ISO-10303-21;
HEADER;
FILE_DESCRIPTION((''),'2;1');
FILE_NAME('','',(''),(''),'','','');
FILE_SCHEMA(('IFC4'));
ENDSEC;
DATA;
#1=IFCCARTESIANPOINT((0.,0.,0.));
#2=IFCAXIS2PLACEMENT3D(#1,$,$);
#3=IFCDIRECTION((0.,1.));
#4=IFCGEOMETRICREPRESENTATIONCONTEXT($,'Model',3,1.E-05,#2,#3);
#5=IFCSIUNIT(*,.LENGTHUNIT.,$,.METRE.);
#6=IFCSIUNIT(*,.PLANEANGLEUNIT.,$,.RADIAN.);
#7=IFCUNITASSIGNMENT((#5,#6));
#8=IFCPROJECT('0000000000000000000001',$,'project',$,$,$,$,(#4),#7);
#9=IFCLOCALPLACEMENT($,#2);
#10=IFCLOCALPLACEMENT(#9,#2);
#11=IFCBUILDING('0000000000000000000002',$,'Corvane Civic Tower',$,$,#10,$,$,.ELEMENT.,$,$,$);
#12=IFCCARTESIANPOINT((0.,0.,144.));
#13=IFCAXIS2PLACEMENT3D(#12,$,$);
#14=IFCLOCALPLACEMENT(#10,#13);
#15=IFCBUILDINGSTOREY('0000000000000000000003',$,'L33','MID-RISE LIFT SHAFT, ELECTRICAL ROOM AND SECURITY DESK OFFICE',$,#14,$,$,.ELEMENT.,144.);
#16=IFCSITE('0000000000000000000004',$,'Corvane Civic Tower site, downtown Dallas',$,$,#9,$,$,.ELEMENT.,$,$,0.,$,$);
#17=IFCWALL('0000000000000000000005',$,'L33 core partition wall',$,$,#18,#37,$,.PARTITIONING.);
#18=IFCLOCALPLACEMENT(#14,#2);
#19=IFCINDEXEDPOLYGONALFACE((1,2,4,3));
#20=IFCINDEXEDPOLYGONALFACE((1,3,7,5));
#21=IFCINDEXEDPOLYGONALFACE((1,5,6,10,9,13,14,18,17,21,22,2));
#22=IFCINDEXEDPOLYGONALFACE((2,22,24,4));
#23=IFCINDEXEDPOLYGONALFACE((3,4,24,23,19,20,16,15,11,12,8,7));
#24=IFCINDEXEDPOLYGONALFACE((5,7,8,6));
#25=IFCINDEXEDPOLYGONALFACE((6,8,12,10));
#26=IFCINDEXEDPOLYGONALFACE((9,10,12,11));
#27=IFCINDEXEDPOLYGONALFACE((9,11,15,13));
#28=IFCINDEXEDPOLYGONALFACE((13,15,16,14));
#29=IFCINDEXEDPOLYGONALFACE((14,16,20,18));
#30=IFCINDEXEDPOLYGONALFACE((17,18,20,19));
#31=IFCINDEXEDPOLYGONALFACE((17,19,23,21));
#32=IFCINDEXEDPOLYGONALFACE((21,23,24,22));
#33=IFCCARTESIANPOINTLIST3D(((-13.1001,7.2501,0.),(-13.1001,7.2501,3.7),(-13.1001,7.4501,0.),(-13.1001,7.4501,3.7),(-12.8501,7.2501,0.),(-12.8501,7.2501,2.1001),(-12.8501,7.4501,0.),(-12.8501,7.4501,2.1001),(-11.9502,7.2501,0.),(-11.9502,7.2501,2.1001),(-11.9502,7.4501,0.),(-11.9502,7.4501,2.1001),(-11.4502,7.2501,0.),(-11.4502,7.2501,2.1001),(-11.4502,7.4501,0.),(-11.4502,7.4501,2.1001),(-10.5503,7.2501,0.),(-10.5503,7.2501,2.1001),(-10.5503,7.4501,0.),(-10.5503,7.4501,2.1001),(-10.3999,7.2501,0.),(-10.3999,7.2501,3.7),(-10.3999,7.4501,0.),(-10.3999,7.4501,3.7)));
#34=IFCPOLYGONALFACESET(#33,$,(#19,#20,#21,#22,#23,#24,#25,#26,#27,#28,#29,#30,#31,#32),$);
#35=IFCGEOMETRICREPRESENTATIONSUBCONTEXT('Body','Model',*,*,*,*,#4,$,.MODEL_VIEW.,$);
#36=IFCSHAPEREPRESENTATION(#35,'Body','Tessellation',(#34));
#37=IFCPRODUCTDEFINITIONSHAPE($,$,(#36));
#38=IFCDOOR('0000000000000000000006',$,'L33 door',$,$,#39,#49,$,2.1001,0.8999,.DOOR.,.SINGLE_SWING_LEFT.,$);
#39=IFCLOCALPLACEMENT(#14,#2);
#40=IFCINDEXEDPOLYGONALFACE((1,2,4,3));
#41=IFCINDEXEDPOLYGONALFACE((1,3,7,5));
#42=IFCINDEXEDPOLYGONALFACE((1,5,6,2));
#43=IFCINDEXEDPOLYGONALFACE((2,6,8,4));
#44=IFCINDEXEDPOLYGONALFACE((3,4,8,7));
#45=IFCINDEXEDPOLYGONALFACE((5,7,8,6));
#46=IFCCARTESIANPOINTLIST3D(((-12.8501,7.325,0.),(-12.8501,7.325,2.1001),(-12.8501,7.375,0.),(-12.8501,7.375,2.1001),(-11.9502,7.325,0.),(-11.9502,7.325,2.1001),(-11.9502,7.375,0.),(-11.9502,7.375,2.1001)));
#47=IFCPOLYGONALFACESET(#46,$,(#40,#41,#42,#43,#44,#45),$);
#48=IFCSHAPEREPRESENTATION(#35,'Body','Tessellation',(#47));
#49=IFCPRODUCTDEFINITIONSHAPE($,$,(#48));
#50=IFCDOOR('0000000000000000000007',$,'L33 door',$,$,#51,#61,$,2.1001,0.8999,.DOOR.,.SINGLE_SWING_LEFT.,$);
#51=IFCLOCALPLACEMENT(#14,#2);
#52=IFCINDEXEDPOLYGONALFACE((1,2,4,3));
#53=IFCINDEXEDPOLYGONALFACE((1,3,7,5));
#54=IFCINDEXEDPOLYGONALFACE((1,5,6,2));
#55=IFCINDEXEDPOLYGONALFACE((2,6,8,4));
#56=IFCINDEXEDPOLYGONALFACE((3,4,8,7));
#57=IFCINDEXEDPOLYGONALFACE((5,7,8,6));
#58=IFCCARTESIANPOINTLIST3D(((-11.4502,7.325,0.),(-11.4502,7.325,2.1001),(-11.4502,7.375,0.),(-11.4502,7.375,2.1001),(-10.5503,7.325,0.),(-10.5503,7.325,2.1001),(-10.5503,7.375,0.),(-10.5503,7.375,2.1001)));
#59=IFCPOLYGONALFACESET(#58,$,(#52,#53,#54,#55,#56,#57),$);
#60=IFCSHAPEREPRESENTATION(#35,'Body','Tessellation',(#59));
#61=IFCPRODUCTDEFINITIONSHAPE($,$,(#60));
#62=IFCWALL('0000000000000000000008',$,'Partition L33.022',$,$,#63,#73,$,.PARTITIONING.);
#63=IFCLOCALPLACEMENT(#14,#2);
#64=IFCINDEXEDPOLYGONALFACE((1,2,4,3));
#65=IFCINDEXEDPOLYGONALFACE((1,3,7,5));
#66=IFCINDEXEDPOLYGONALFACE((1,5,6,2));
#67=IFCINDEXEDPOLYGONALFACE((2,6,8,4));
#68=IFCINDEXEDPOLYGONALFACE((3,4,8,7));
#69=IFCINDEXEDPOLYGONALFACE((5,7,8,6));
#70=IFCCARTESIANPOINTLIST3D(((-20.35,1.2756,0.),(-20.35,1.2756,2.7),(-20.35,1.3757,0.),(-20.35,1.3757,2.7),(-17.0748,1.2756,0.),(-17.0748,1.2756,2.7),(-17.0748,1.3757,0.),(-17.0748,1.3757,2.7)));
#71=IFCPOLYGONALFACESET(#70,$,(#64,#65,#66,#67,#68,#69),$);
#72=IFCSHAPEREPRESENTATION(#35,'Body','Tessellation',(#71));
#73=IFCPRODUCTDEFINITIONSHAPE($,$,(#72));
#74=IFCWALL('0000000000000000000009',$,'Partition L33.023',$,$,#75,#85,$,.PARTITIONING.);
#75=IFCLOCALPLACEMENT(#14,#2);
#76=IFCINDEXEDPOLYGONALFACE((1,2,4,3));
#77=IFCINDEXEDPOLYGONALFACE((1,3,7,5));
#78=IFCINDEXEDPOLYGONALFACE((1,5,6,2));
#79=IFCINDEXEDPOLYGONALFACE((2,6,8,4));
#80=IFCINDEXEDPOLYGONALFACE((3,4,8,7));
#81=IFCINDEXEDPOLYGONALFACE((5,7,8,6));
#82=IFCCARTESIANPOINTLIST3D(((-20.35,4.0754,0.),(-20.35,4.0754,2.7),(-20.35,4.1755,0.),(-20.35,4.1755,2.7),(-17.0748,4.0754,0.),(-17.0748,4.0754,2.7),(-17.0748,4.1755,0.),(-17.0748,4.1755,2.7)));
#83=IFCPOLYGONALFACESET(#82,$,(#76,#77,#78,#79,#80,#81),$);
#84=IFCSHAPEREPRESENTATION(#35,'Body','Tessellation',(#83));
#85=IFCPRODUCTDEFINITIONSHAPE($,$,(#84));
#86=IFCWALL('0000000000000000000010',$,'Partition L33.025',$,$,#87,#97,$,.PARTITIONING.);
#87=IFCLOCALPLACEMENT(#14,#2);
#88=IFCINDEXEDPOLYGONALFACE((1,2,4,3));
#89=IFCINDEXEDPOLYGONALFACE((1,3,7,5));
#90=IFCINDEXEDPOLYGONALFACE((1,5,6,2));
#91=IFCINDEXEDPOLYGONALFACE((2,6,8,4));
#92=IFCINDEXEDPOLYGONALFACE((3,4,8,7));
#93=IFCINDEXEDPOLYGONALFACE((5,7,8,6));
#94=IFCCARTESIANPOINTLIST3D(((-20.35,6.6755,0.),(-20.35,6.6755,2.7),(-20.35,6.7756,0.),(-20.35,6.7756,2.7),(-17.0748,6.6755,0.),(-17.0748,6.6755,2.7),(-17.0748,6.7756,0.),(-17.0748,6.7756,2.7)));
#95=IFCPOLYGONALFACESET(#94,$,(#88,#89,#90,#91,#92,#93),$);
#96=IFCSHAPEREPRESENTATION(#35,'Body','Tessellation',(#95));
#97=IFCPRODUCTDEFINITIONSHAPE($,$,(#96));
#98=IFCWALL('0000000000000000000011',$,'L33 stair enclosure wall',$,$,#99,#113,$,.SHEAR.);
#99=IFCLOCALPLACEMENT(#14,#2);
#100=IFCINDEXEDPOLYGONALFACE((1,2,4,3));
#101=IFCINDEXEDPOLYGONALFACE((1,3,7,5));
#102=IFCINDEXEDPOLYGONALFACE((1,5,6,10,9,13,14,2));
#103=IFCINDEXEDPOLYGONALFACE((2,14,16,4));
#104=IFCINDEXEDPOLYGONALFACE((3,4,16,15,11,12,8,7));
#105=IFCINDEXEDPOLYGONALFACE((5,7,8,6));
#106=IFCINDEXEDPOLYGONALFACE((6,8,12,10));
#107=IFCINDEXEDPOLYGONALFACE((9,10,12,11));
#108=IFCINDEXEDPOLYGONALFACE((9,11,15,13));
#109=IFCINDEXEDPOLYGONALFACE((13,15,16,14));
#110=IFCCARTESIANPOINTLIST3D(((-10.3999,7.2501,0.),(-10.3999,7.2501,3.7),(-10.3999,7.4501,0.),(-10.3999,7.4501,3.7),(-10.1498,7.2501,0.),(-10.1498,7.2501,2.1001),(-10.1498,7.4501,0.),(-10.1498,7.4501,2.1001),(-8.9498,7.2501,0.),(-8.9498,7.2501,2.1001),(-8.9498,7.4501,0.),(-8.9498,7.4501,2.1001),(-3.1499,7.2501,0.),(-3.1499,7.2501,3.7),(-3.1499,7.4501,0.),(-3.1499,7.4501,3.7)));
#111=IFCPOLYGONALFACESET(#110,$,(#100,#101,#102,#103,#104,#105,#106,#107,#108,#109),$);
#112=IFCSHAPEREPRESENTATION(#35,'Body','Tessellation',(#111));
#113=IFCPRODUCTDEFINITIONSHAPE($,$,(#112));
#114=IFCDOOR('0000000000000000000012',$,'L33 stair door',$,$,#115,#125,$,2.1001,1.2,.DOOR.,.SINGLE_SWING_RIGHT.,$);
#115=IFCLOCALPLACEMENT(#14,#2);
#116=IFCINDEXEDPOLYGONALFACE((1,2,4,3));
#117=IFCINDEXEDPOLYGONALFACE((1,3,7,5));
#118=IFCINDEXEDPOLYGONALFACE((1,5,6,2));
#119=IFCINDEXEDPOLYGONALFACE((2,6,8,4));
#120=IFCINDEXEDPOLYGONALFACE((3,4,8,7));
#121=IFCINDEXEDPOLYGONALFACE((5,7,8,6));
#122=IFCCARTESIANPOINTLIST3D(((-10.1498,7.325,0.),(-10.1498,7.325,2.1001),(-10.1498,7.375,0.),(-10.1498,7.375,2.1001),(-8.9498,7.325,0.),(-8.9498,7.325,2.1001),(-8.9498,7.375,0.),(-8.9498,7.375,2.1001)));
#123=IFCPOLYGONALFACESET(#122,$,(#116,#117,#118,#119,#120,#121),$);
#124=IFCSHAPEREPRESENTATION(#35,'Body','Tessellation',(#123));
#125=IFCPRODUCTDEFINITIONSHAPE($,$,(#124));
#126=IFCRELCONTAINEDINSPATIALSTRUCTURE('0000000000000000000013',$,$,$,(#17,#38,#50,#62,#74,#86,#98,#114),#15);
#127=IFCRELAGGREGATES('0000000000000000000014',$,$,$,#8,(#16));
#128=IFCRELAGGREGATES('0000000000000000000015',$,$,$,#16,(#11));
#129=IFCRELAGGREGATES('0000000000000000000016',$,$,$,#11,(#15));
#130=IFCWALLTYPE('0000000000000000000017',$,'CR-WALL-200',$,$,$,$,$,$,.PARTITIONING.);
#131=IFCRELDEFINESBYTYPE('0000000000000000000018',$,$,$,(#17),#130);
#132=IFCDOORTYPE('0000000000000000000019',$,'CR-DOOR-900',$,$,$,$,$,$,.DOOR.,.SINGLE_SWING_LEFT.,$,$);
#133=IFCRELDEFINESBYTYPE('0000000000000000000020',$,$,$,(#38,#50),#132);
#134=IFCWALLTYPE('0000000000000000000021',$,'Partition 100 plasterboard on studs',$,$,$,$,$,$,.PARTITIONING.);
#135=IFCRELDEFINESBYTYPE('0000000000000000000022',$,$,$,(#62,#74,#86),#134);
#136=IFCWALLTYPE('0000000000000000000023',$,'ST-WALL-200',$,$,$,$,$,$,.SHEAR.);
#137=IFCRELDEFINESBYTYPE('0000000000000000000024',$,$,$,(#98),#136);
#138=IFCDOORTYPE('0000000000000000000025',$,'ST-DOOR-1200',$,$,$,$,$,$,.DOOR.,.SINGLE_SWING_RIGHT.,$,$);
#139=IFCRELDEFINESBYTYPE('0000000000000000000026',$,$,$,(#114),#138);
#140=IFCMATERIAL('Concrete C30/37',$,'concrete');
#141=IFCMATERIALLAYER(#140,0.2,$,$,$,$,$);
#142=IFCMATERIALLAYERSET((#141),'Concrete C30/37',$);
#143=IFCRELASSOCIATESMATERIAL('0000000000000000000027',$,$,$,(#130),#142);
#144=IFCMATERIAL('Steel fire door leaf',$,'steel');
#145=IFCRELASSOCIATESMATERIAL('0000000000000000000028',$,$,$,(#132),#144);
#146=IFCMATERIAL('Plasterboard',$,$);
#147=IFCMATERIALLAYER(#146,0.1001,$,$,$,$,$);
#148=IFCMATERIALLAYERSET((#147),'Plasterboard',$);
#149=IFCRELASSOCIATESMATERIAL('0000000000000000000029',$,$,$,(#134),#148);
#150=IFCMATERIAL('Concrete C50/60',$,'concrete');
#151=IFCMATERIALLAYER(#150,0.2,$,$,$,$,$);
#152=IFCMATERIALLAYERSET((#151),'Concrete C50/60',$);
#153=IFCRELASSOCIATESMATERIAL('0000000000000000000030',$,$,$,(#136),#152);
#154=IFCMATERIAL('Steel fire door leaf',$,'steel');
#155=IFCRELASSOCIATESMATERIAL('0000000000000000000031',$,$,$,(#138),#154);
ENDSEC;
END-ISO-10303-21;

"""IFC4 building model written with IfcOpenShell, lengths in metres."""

from ifc_helpers import new_model, si_unit, direction, frame, frame_2d, origin, place, context, subcontext, project, spatial, rectangle, extrude, material, layer, layer_set, type_object, element, fill, save


model = new_model("IFC4")

# Units and contexts
model_context = context("Model", 3, precision=1e-05, world=origin(), true_north=direction((0.0, 1.0)))
body_context = subcontext(model_context, "Body", "Model", "MODEL_VIEW")
ifc_project = project(units=[si_unit("LENGTHUNIT", "METRE"), si_unit("PLANEANGLEUNIT", "RADIAN")], contexts=[model_context])

# Site, building, storey
site_placement = place(None, origin())
site = spatial("IfcSite", under=ifc_project, at=site_placement, Name="Corvane Civic Tower site, downtown Dallas", CompositionType="ELEMENT", RefElevation=0.0)
building_placement = place(site_placement, origin())
building = spatial("IfcBuilding", under=site, at=building_placement, Name="Corvane Civic Tower", CompositionType="ELEMENT")
storey_placement = place(building_placement, frame((0.0, 0.0, 144.0)))
storey = spatial("IfcBuildingStorey", under=building, at=storey_placement, Name="L33", Description="MID-RISE LIFT SHAFT, ELECTRICAL ROOM AND SECURITY DESK OFFICE", CompositionType="ELEMENT", Elevation=144.0)

# Wall, openings, doors
ifc_material_1 = material(Name="Concrete C30/37", Category="concrete")
ifc_layer_1 = layer(ifc_material_1, 0.2)
ifc_layer_set_1 = layer_set([ifc_layer_1], Name="Concrete C30/37")
wall_type_1 = type_object("IfcWallType", Name="CR-WALL-200", PredefinedType="PARTITIONING", material=ifc_layer_set_1)
ifc_material_2 = material(Name="Steel fire door leaf", Category="steel")
door_type_1 = type_object("IfcDoorType", Name="CR-DOOR-900", OperationType="SINGLE_SWING_LEFT", PredefinedType="DOOR", material=ifc_material_2)
wall_1_placement = place(storey_placement, frame((-13.1001, 7.3501, 0.0), z_axis=(0.0, 0.0, 1.0), x_axis=(1.0, 0.0, 0.0)))
wall_1 = element("IfcWall", 1, at=wall_1_placement, inside=storey, type_object=wall_type_1, Name="L33 core partition wall", PredefinedType="PARTITIONING", context=body_context, shape_type="SweptSolid", body=[
    extrude(rectangle(XDim=2.7002, YDim=0.2, at=frame_2d((1.3501, 0.0))), origin(), (0.0, 0.0, 1.0), 3.7),
])
opening_1_placement = place(wall_1_placement, frame((0.25, 0.0, 0.0)))
opening_1 = element("IfcOpeningElement", 2, at=opening_1_placement, cuts=wall_1, PredefinedType="OPENING", context=body_context, shape_type="SweptSolid", body=[
    extrude(rectangle(XDim=0.8999, YDim=2.1001, at=frame_2d((0.45, 1.05))), frame((0.0, 0.1099, 0.0), z_axis=(0.0, -1.0, 0.0), x_axis=(1.0, 0.0, 0.0)), (0.0, 0.0, 1.0), 0.22),
])
opening_2_placement = place(wall_1_placement, frame((1.6499, 0.0, 0.0)))
opening_2 = element("IfcOpeningElement", 3, at=opening_2_placement, cuts=wall_1, PredefinedType="OPENING", context=body_context, shape_type="SweptSolid", body=[
    extrude(rectangle(XDim=0.8999, YDim=2.1001, at=frame_2d((0.45, 1.05))), frame((0.0, 0.1099, 0.0), z_axis=(0.0, -1.0, 0.0), x_axis=(1.0, 0.0, 0.0)), (0.0, 0.0, 1.0), 0.22),
])
door_1_placement = place(opening_1_placement, origin())
door_1 = element("IfcDoor", 4, at=door_1_placement, inside=storey, type_object=door_type_1, Name="L33 door", OperationType="SINGLE_SWING_LEFT", OverallHeight=2.1001, OverallWidth=0.8999, PredefinedType="DOOR", context=body_context, shape_type="SweptSolid", body=[
    extrude(rectangle(XDim=0.8999, YDim=2.1001, at=frame_2d((0.45, 1.05))), frame((0.0, 0.0249, 0.0), z_axis=(0.0, -1.0, 0.0), x_axis=(1.0, 0.0, 0.0)), (0.0, 0.0, 1.0), 0.05),
])
fill(opening_1, door_1)
door_2_placement = place(opening_2_placement, origin())
door_2 = element("IfcDoor", 5, at=door_2_placement, inside=storey, type_object=door_type_1, Name="L33 door", OperationType="SINGLE_SWING_LEFT", OverallHeight=2.1001, OverallWidth=0.8999, PredefinedType="DOOR", context=body_context, shape_type="SweptSolid", body=[
    extrude(rectangle(XDim=0.8999, YDim=2.1001, at=frame_2d((0.45, 1.05))), frame((0.0, 0.0249, 0.0), z_axis=(0.0, -1.0, 0.0), x_axis=(1.0, 0.0, 0.0)), (0.0, 0.0, 1.0), 0.05),
])
fill(opening_2, door_2)

# Walls
ifc_material_3 = material(Name="Plasterboard")
ifc_layer_2 = layer(ifc_material_3, 0.1001)
ifc_layer_set_2 = layer_set([ifc_layer_2], Name="Plasterboard")
wall_type_2 = type_object("IfcWallType", Name="Partition 100 plasterboard on studs", PredefinedType="PARTITIONING", material=ifc_layer_set_2)
for number, where, z_axis, x_axis, name in (
    (6, (-20.3501, 1.3257, 0.0), (0.0, 0.0, 1.0), (1.0, 0.0, 0.0), "Partition L33.022"),
    (7, (-20.3501, 4.1255, 0.0), (0.0, 0.0, 1.0), (1.0, 0.0, 0.0), "Partition L33.023"),
    (8, (-20.3501, 6.7256, 0.0), (0.0, 0.0, 1.0), (1.0, 0.0, 0.0), "Partition L33.025"),
):
    element("IfcWall", number, at=place(storey_placement, frame(where, z_axis=z_axis, x_axis=x_axis)), inside=storey, type_object=wall_type_2, Name=name, PredefinedType="PARTITIONING", context=body_context, shape_type="SweptSolid", body=[
        extrude(rectangle(XDim=3.2751, YDim=0.1001, at=frame_2d((1.6377, 0.0))), origin(), (0.0, 0.0, 1.0), 2.7),
    ])

# Wall, opening, door
ifc_material_4 = material(Name="Concrete C50/60", Category="concrete")
ifc_layer_3 = layer(ifc_material_4, 0.2)
ifc_layer_set_3 = layer_set([ifc_layer_3], Name="Concrete C50/60")
wall_type_3 = type_object("IfcWallType", Name="ST-WALL-200", PredefinedType="SHEAR", material=ifc_layer_set_3)
wall_2_placement = place(storey_placement, frame((-10.3999, 7.3501, 0.0), z_axis=(0.0, 0.0, 1.0), x_axis=(1.0, 0.0, 0.0)))
wall_2 = element("IfcWall", 9, at=wall_2_placement, inside=storey, type_object=wall_type_3, Name="L33 stair enclosure wall", PredefinedType="SHEAR", context=body_context, shape_type="SweptSolid", body=[
    extrude(rectangle(XDim=7.25, YDim=0.2, at=frame_2d((3.625, 0.0))), origin(), (0.0, 0.0, 1.0), 3.7),
])
opening_3_placement = place(wall_2_placement, frame((0.25, 0.0, 0.0)))
opening_3 = element("IfcOpeningElement", 10, at=opening_3_placement, cuts=wall_2, PredefinedType="OPENING", context=body_context, shape_type="SweptSolid", body=[
    extrude(rectangle(XDim=1.2, YDim=2.1001, at=frame_2d((0.6001, 1.05))), frame((0.0, 0.1099, 0.0), z_axis=(0.0, -1.0, 0.0), x_axis=(1.0, 0.0, 0.0)), (0.0, 0.0, 1.0), 0.22),
])
ifc_material_5 = material(Name="Steel fire door leaf", Category="steel")
door_type_2 = type_object("IfcDoorType", Name="ST-DOOR-1200", OperationType="SINGLE_SWING_RIGHT", PredefinedType="DOOR", material=ifc_material_5)
door_3_placement = place(opening_3_placement, origin())
door_3 = element("IfcDoor", 11, at=door_3_placement, inside=storey, type_object=door_type_2, Name="L33 stair door", OperationType="SINGLE_SWING_RIGHT", OverallHeight=2.1001, OverallWidth=1.2, PredefinedType="DOOR", context=body_context, shape_type="SweptSolid", body=[
    extrude(rectangle(XDim=1.2, YDim=2.1001, at=frame_2d((0.6001, 1.05))), frame((0.0, 0.0249, 0.0), z_axis=(0.0, -1.0, 0.0), x_axis=(1.0, 0.0, 0.0)), (0.0, 0.0, 1.0), 0.05),
])
fill(opening_3, door_3)

save(model, "model.ifc")
